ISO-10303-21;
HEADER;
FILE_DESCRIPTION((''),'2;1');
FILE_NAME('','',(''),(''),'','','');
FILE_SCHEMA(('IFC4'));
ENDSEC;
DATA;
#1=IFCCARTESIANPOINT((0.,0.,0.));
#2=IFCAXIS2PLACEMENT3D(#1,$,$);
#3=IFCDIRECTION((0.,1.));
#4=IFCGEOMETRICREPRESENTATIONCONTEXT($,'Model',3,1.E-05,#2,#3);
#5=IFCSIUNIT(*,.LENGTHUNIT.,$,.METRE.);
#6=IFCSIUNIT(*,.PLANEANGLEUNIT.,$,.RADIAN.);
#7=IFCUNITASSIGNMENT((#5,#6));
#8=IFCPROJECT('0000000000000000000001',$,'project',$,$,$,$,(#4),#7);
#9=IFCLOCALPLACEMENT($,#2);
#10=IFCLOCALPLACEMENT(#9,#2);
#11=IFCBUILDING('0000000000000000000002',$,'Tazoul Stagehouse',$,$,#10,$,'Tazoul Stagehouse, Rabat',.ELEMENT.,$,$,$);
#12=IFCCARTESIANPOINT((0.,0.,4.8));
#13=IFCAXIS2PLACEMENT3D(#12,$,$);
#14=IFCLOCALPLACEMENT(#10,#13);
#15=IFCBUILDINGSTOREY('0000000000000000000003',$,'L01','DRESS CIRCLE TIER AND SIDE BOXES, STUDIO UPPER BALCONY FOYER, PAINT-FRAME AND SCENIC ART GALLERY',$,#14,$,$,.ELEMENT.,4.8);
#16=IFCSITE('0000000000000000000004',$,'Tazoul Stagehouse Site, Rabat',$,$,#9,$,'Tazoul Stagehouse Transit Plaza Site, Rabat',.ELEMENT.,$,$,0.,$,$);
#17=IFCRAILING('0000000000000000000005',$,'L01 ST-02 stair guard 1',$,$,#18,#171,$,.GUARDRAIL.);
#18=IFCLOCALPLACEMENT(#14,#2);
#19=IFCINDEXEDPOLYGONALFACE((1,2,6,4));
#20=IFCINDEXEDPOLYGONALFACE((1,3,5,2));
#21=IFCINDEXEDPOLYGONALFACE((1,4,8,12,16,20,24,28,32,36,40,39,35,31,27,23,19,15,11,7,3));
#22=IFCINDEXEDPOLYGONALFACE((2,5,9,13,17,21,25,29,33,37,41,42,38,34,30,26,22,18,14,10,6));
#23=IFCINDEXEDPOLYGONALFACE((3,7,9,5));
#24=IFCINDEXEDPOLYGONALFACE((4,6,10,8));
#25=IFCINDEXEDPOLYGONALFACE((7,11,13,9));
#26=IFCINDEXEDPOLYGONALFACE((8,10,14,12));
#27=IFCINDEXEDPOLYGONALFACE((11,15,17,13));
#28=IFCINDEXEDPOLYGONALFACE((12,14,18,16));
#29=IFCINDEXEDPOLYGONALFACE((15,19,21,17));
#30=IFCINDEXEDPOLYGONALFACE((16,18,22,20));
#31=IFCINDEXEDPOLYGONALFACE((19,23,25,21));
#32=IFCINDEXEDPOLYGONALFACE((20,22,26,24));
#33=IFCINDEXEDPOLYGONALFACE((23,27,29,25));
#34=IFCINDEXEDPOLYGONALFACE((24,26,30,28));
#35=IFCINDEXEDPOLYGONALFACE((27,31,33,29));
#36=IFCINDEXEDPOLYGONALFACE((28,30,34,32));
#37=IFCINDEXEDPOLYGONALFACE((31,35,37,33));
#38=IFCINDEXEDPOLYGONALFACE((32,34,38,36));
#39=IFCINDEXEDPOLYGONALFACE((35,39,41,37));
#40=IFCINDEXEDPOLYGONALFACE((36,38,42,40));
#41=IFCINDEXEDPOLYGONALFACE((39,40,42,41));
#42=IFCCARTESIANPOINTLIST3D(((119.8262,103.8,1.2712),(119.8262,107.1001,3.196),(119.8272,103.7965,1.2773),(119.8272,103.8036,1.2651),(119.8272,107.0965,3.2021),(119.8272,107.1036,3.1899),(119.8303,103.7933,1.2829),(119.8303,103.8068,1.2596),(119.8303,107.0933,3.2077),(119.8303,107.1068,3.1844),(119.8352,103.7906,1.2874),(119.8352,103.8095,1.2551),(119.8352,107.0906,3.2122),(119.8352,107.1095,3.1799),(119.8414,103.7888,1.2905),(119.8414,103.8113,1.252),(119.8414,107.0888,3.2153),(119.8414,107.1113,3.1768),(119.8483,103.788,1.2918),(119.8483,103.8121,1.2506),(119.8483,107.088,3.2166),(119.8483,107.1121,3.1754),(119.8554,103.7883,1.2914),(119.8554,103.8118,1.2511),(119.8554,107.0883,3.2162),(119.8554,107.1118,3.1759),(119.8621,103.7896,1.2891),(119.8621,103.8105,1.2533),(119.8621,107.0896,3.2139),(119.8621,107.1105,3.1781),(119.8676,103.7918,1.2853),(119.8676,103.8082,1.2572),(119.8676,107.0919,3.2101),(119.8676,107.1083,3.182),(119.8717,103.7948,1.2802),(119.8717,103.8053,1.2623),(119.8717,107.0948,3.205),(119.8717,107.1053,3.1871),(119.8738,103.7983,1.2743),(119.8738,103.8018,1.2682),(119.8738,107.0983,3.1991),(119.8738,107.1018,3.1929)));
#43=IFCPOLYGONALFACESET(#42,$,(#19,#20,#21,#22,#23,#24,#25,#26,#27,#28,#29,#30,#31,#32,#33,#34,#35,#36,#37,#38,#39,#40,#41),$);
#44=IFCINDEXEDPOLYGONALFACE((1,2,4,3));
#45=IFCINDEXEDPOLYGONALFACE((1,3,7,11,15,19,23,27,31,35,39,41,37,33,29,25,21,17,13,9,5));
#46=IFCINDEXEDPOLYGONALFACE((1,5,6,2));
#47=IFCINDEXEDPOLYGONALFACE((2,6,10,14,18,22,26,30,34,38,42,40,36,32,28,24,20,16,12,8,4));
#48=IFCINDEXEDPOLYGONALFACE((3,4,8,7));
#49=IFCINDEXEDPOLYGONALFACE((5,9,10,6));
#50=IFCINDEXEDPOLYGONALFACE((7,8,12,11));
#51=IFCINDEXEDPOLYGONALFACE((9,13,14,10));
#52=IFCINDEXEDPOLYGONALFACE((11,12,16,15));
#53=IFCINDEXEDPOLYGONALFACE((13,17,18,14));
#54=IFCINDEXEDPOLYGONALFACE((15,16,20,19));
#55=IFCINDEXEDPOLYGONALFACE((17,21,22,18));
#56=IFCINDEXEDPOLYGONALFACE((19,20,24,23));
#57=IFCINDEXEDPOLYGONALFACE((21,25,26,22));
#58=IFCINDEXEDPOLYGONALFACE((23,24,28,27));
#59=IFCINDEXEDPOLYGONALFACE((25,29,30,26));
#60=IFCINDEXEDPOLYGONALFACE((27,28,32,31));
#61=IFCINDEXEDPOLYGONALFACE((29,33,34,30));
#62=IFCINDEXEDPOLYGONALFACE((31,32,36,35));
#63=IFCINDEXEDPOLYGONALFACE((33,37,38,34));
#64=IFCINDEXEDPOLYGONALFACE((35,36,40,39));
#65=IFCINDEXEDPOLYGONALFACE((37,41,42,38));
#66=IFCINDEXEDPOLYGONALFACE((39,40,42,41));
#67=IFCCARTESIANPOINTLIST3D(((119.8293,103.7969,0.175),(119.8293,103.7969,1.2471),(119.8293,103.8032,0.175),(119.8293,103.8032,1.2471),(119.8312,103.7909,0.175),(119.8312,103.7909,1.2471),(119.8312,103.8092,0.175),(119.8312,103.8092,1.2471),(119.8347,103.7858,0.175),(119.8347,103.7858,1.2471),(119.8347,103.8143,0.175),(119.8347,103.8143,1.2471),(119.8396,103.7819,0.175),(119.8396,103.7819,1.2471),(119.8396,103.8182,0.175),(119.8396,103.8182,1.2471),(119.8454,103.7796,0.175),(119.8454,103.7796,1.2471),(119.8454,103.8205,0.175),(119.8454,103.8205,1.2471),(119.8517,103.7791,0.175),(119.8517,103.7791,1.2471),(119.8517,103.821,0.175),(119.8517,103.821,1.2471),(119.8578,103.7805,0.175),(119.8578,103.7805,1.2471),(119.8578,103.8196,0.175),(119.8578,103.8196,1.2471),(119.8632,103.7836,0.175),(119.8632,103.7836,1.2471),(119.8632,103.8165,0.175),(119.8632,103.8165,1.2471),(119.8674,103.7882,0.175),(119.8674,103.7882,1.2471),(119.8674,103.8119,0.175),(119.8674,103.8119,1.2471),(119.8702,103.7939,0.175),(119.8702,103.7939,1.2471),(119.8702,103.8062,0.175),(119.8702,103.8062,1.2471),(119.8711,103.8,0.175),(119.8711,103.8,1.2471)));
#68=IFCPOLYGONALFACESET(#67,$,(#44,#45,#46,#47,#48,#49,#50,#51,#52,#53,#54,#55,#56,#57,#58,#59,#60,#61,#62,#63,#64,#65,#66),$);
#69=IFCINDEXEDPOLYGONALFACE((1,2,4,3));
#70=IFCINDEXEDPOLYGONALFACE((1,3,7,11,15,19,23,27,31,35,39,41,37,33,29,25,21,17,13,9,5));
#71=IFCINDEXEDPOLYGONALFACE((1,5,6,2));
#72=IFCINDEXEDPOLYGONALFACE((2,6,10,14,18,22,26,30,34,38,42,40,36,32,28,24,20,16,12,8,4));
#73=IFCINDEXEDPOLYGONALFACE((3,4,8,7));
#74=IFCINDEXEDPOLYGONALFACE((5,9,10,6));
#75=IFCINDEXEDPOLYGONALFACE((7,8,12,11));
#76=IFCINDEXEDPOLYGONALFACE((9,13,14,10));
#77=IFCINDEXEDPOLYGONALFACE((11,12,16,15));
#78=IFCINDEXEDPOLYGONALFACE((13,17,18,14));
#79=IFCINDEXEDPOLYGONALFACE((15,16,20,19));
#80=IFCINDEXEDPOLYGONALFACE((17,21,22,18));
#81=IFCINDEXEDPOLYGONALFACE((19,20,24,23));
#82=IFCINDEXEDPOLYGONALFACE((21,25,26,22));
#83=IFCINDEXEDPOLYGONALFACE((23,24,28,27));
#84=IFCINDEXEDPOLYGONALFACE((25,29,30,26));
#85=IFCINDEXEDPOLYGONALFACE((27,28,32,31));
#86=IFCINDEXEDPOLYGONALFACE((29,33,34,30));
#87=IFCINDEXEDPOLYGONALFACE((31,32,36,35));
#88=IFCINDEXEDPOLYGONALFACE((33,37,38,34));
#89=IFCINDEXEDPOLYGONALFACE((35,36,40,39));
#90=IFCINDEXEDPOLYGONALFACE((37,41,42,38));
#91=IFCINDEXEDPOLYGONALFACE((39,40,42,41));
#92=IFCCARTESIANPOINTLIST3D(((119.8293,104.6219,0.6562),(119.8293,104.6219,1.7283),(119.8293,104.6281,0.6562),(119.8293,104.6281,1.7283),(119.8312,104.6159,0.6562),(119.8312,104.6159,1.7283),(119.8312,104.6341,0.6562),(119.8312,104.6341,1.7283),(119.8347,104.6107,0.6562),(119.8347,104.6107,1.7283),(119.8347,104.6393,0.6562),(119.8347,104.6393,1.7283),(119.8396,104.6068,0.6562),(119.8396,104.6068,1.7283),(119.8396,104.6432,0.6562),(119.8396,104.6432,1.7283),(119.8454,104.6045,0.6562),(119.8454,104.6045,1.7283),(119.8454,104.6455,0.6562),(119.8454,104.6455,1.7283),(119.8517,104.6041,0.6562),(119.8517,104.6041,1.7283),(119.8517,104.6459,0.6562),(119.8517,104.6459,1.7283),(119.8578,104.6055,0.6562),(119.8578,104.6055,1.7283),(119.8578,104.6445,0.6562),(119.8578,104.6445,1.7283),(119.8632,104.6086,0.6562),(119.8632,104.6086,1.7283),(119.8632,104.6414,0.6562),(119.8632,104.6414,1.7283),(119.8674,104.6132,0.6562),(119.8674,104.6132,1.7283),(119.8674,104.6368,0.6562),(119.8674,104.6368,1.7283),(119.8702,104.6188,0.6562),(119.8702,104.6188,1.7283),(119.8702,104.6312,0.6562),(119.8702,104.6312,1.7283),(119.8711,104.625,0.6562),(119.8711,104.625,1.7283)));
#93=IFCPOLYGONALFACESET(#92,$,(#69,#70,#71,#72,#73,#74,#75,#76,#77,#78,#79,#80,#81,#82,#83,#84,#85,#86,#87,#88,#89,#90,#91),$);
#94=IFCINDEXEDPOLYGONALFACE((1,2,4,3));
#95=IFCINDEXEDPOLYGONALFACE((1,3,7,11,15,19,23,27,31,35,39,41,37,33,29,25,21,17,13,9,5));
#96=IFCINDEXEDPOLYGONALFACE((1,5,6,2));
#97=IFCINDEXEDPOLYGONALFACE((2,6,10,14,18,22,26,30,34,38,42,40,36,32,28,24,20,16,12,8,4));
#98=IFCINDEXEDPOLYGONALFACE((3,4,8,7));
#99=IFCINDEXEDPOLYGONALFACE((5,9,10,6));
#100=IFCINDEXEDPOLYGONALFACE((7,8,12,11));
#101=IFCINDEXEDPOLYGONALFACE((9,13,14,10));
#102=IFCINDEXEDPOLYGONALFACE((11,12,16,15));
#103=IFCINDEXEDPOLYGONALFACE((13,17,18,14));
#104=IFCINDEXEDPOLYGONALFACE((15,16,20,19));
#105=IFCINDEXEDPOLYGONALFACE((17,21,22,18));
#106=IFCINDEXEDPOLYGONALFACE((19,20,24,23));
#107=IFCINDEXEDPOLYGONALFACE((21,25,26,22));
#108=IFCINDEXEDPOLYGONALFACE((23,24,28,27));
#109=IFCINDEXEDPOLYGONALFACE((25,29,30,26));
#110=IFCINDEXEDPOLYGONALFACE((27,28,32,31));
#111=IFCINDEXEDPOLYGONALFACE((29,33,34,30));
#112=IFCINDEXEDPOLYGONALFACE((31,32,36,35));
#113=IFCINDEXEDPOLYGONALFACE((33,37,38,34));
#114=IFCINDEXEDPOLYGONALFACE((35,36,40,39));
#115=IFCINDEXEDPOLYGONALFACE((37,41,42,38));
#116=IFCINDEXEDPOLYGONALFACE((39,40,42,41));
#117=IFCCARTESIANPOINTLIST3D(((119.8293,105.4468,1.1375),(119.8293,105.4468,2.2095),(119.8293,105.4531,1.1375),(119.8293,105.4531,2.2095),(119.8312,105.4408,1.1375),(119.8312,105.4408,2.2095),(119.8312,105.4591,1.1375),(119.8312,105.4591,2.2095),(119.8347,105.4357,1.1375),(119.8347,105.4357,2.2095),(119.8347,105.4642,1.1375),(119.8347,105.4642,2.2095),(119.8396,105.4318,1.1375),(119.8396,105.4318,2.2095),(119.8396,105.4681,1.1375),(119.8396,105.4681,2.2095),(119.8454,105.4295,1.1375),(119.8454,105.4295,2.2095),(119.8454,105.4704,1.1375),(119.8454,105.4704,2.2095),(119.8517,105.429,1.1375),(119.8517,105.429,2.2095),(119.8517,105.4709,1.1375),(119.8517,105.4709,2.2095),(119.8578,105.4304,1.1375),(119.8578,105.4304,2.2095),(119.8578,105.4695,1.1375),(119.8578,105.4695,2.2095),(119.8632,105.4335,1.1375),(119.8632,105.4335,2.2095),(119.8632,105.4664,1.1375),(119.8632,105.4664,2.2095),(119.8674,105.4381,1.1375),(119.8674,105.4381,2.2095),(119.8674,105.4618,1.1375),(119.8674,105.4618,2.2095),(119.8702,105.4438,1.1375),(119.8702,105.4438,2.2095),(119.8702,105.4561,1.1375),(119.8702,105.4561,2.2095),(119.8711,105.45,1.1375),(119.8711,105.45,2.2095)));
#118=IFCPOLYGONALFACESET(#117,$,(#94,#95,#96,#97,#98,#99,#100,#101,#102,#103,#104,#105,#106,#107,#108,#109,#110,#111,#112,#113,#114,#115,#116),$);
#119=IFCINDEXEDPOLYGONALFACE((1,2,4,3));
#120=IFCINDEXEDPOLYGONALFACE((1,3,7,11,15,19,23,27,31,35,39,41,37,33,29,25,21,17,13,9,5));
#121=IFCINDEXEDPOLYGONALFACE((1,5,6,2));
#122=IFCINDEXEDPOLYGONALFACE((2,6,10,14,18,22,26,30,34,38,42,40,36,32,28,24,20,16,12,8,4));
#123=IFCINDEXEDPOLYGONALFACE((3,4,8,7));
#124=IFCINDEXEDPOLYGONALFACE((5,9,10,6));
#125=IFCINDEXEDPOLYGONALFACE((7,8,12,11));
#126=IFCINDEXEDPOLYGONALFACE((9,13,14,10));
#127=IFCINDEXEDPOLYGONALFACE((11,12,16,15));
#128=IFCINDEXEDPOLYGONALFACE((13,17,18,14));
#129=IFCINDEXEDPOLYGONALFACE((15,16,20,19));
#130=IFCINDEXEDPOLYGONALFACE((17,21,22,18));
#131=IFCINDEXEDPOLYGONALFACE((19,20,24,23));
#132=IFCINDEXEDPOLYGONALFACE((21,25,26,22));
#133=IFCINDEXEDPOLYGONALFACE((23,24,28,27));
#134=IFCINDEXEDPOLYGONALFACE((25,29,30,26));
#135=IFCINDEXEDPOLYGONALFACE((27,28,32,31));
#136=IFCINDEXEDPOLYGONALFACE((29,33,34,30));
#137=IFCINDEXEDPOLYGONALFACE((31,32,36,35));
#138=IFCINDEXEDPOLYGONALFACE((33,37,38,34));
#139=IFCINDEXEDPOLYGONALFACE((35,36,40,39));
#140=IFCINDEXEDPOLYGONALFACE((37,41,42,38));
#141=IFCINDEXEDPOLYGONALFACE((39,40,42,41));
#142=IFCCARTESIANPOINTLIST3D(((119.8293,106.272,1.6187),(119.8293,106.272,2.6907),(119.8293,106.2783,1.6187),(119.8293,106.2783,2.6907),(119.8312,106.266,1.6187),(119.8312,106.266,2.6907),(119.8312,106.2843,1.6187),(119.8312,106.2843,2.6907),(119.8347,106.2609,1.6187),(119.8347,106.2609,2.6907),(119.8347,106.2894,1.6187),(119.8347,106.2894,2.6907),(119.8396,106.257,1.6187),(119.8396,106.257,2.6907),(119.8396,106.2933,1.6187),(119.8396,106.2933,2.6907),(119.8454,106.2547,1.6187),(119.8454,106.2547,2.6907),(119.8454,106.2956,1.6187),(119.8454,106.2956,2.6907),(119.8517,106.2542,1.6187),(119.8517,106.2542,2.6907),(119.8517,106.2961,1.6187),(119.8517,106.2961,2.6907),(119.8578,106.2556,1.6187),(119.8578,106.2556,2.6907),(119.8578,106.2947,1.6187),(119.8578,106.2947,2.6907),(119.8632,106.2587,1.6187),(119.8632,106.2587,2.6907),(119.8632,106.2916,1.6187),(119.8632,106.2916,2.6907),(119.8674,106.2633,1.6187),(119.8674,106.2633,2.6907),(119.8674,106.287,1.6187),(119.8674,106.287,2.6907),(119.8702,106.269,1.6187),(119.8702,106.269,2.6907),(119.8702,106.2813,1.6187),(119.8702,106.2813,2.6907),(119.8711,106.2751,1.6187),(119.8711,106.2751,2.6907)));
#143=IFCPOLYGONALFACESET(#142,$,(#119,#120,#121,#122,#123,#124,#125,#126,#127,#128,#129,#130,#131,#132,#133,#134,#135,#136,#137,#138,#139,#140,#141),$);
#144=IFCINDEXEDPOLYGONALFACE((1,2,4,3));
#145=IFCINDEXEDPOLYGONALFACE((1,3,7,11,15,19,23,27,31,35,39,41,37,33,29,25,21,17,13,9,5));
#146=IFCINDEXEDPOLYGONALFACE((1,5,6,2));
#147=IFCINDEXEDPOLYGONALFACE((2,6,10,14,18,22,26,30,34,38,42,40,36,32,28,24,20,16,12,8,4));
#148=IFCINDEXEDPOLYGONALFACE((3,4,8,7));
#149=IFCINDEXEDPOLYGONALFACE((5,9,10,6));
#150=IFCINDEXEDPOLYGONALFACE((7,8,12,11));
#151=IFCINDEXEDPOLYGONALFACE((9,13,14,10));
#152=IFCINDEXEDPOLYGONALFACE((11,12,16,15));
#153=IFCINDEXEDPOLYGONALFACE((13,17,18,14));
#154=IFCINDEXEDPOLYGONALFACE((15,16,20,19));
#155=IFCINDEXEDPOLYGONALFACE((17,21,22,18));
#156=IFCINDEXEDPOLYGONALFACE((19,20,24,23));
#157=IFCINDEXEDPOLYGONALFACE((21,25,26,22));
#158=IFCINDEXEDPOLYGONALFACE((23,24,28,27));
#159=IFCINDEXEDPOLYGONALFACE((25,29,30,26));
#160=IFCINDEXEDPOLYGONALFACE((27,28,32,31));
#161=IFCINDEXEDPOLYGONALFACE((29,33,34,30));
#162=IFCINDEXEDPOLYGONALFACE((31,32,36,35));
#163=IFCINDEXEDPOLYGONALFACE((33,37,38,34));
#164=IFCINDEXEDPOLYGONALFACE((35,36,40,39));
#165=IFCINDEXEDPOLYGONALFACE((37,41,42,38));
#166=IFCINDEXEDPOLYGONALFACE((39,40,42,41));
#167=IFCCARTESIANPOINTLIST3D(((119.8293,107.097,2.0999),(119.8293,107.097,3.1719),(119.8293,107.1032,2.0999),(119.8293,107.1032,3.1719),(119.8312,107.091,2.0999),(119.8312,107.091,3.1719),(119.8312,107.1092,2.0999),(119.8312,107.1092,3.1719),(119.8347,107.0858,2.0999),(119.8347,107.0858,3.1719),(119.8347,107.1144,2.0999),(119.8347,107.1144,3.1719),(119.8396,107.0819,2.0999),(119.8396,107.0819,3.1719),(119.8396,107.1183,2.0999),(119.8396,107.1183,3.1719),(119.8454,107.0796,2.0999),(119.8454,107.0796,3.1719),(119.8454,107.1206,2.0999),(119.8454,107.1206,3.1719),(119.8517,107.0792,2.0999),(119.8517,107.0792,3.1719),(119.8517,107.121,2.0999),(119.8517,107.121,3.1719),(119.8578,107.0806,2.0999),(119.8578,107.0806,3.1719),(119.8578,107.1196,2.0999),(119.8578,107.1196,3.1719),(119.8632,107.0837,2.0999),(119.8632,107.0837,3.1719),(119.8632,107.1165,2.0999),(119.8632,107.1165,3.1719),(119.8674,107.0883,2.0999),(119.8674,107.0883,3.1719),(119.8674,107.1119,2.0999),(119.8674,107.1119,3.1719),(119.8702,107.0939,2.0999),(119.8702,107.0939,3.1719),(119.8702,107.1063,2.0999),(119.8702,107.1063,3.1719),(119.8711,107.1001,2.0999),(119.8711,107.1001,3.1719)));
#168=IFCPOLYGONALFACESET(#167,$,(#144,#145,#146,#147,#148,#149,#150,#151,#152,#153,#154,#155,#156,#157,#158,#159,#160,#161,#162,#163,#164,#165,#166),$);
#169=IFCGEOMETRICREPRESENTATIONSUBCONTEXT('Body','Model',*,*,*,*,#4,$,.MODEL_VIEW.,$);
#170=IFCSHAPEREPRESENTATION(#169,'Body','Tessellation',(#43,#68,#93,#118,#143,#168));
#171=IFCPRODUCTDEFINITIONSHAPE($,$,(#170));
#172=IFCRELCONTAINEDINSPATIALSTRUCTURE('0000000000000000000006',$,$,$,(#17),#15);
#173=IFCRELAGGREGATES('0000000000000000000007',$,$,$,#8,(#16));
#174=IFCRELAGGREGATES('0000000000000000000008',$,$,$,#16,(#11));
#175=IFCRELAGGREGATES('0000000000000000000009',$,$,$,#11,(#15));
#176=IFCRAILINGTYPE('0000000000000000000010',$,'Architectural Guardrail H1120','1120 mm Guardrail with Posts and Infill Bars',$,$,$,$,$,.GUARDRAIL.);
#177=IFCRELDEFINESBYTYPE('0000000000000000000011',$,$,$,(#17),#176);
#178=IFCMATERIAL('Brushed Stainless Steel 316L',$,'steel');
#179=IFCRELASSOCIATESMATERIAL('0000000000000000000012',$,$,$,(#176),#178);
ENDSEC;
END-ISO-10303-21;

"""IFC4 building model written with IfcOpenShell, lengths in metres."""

from ifc_helpers import new_model, si_unit, direction, frame, origin, origin_2d, place, context, subcontext, project, spatial, circle, extrude, material, material_profile, profile_set, type_object, element, save


model = new_model("IFC4")

# Units and contexts
model_context = context("Model", 3, precision=1e-05, world=origin(), true_north=direction((0.0, 1.0)))
body_context = subcontext(model_context, "Body", "Model", "MODEL_VIEW")
ifc_project = project(units=[si_unit("LENGTHUNIT", "METRE"), si_unit("PLANEANGLEUNIT", "RADIAN")], contexts=[model_context])

# Site, building, storey
site_placement = place(None, origin())
site = spatial("IfcSite", under=ifc_project, at=site_placement, Name="Tazoul Stagehouse Site, Rabat", LongName="Tazoul Stagehouse Transit Plaza Site, Rabat", CompositionType="ELEMENT", RefElevation=0.0)
building_placement = place(site_placement, origin())
building = spatial("IfcBuilding", under=site, at=building_placement, Name="Tazoul Stagehouse", LongName="Tazoul Stagehouse, Rabat", CompositionType="ELEMENT")
storey_placement = place(building_placement, frame((0.0, 0.0, 4.8)))
storey = spatial("IfcBuildingStorey", under=building, at=storey_placement, Name="L01", Description="DRESS CIRCLE TIER AND SIDE BOXES, STUDIO UPPER BALCONY FOYER, PAINT-FRAME AND SCENIC ART GALLERY", CompositionType="ELEMENT", Elevation=4.8)

# Railing
ifc_material_1 = material(Name="Brushed Stainless Steel 316L", Category="steel")
ifc_material_profile_1 = material_profile(ifc_material_1, circle(Radius=0.0239, at=origin_2d()), Name="SS RAIL D48")
ifc_profile_set_1 = profile_set([ifc_material_profile_1], Name="Brushed Stainless Steel 316L")
railing_type_1 = type_object("IfcRailingType", Name="Architectural Guardrail H1120", Description="1120 mm Guardrail with Posts and Infill Bars", PredefinedType="GUARDRAIL", material=ifc_profile_set_1)
railing_1_placement = place(storey_placement, frame((119.8501, 103.8, 0.175)))
element("IfcRailing", 1, at=railing_1_placement, inside=storey, type_object=railing_type_1, Name="L01 ST-02 stair guard 1", PredefinedType="GUARDRAIL", context=body_context, shape_type="SweptSolid", body=[
    extrude(circle(Radius=0.0239, at=origin_2d()), frame((0.0, 0.0, 1.0962), z_axis=(0.0, 0.863804, 0.503827), x_axis=(-1.0, 0.0, 0.0)), (0.0, 0.0, 1.0), 3.8203),
    extrude(circle(Radius=0.021, at=origin_2d()), origin(), (0.0, 0.0, 1.0), 1.072),
    extrude(circle(Radius=0.021, at=origin_2d()), frame((0.0, 0.825, 0.4812)), (0.0, 0.0, 1.0), 1.072),
    extrude(circle(Radius=0.021, at=origin_2d()), frame((0.0, 1.6499, 0.9624)), (0.0, 0.0, 1.0), 1.072),
    extrude(circle(Radius=0.021, at=origin_2d()), frame((0.0, 2.4751, 1.4436)), (0.0, 0.0, 1.0), 1.072),
    extrude(circle(Radius=0.021, at=origin_2d()), frame((0.0, 3.3, 1.9248)), (0.0, 0.0, 1.0), 1.072),
])

save(model, "model.ifc")
